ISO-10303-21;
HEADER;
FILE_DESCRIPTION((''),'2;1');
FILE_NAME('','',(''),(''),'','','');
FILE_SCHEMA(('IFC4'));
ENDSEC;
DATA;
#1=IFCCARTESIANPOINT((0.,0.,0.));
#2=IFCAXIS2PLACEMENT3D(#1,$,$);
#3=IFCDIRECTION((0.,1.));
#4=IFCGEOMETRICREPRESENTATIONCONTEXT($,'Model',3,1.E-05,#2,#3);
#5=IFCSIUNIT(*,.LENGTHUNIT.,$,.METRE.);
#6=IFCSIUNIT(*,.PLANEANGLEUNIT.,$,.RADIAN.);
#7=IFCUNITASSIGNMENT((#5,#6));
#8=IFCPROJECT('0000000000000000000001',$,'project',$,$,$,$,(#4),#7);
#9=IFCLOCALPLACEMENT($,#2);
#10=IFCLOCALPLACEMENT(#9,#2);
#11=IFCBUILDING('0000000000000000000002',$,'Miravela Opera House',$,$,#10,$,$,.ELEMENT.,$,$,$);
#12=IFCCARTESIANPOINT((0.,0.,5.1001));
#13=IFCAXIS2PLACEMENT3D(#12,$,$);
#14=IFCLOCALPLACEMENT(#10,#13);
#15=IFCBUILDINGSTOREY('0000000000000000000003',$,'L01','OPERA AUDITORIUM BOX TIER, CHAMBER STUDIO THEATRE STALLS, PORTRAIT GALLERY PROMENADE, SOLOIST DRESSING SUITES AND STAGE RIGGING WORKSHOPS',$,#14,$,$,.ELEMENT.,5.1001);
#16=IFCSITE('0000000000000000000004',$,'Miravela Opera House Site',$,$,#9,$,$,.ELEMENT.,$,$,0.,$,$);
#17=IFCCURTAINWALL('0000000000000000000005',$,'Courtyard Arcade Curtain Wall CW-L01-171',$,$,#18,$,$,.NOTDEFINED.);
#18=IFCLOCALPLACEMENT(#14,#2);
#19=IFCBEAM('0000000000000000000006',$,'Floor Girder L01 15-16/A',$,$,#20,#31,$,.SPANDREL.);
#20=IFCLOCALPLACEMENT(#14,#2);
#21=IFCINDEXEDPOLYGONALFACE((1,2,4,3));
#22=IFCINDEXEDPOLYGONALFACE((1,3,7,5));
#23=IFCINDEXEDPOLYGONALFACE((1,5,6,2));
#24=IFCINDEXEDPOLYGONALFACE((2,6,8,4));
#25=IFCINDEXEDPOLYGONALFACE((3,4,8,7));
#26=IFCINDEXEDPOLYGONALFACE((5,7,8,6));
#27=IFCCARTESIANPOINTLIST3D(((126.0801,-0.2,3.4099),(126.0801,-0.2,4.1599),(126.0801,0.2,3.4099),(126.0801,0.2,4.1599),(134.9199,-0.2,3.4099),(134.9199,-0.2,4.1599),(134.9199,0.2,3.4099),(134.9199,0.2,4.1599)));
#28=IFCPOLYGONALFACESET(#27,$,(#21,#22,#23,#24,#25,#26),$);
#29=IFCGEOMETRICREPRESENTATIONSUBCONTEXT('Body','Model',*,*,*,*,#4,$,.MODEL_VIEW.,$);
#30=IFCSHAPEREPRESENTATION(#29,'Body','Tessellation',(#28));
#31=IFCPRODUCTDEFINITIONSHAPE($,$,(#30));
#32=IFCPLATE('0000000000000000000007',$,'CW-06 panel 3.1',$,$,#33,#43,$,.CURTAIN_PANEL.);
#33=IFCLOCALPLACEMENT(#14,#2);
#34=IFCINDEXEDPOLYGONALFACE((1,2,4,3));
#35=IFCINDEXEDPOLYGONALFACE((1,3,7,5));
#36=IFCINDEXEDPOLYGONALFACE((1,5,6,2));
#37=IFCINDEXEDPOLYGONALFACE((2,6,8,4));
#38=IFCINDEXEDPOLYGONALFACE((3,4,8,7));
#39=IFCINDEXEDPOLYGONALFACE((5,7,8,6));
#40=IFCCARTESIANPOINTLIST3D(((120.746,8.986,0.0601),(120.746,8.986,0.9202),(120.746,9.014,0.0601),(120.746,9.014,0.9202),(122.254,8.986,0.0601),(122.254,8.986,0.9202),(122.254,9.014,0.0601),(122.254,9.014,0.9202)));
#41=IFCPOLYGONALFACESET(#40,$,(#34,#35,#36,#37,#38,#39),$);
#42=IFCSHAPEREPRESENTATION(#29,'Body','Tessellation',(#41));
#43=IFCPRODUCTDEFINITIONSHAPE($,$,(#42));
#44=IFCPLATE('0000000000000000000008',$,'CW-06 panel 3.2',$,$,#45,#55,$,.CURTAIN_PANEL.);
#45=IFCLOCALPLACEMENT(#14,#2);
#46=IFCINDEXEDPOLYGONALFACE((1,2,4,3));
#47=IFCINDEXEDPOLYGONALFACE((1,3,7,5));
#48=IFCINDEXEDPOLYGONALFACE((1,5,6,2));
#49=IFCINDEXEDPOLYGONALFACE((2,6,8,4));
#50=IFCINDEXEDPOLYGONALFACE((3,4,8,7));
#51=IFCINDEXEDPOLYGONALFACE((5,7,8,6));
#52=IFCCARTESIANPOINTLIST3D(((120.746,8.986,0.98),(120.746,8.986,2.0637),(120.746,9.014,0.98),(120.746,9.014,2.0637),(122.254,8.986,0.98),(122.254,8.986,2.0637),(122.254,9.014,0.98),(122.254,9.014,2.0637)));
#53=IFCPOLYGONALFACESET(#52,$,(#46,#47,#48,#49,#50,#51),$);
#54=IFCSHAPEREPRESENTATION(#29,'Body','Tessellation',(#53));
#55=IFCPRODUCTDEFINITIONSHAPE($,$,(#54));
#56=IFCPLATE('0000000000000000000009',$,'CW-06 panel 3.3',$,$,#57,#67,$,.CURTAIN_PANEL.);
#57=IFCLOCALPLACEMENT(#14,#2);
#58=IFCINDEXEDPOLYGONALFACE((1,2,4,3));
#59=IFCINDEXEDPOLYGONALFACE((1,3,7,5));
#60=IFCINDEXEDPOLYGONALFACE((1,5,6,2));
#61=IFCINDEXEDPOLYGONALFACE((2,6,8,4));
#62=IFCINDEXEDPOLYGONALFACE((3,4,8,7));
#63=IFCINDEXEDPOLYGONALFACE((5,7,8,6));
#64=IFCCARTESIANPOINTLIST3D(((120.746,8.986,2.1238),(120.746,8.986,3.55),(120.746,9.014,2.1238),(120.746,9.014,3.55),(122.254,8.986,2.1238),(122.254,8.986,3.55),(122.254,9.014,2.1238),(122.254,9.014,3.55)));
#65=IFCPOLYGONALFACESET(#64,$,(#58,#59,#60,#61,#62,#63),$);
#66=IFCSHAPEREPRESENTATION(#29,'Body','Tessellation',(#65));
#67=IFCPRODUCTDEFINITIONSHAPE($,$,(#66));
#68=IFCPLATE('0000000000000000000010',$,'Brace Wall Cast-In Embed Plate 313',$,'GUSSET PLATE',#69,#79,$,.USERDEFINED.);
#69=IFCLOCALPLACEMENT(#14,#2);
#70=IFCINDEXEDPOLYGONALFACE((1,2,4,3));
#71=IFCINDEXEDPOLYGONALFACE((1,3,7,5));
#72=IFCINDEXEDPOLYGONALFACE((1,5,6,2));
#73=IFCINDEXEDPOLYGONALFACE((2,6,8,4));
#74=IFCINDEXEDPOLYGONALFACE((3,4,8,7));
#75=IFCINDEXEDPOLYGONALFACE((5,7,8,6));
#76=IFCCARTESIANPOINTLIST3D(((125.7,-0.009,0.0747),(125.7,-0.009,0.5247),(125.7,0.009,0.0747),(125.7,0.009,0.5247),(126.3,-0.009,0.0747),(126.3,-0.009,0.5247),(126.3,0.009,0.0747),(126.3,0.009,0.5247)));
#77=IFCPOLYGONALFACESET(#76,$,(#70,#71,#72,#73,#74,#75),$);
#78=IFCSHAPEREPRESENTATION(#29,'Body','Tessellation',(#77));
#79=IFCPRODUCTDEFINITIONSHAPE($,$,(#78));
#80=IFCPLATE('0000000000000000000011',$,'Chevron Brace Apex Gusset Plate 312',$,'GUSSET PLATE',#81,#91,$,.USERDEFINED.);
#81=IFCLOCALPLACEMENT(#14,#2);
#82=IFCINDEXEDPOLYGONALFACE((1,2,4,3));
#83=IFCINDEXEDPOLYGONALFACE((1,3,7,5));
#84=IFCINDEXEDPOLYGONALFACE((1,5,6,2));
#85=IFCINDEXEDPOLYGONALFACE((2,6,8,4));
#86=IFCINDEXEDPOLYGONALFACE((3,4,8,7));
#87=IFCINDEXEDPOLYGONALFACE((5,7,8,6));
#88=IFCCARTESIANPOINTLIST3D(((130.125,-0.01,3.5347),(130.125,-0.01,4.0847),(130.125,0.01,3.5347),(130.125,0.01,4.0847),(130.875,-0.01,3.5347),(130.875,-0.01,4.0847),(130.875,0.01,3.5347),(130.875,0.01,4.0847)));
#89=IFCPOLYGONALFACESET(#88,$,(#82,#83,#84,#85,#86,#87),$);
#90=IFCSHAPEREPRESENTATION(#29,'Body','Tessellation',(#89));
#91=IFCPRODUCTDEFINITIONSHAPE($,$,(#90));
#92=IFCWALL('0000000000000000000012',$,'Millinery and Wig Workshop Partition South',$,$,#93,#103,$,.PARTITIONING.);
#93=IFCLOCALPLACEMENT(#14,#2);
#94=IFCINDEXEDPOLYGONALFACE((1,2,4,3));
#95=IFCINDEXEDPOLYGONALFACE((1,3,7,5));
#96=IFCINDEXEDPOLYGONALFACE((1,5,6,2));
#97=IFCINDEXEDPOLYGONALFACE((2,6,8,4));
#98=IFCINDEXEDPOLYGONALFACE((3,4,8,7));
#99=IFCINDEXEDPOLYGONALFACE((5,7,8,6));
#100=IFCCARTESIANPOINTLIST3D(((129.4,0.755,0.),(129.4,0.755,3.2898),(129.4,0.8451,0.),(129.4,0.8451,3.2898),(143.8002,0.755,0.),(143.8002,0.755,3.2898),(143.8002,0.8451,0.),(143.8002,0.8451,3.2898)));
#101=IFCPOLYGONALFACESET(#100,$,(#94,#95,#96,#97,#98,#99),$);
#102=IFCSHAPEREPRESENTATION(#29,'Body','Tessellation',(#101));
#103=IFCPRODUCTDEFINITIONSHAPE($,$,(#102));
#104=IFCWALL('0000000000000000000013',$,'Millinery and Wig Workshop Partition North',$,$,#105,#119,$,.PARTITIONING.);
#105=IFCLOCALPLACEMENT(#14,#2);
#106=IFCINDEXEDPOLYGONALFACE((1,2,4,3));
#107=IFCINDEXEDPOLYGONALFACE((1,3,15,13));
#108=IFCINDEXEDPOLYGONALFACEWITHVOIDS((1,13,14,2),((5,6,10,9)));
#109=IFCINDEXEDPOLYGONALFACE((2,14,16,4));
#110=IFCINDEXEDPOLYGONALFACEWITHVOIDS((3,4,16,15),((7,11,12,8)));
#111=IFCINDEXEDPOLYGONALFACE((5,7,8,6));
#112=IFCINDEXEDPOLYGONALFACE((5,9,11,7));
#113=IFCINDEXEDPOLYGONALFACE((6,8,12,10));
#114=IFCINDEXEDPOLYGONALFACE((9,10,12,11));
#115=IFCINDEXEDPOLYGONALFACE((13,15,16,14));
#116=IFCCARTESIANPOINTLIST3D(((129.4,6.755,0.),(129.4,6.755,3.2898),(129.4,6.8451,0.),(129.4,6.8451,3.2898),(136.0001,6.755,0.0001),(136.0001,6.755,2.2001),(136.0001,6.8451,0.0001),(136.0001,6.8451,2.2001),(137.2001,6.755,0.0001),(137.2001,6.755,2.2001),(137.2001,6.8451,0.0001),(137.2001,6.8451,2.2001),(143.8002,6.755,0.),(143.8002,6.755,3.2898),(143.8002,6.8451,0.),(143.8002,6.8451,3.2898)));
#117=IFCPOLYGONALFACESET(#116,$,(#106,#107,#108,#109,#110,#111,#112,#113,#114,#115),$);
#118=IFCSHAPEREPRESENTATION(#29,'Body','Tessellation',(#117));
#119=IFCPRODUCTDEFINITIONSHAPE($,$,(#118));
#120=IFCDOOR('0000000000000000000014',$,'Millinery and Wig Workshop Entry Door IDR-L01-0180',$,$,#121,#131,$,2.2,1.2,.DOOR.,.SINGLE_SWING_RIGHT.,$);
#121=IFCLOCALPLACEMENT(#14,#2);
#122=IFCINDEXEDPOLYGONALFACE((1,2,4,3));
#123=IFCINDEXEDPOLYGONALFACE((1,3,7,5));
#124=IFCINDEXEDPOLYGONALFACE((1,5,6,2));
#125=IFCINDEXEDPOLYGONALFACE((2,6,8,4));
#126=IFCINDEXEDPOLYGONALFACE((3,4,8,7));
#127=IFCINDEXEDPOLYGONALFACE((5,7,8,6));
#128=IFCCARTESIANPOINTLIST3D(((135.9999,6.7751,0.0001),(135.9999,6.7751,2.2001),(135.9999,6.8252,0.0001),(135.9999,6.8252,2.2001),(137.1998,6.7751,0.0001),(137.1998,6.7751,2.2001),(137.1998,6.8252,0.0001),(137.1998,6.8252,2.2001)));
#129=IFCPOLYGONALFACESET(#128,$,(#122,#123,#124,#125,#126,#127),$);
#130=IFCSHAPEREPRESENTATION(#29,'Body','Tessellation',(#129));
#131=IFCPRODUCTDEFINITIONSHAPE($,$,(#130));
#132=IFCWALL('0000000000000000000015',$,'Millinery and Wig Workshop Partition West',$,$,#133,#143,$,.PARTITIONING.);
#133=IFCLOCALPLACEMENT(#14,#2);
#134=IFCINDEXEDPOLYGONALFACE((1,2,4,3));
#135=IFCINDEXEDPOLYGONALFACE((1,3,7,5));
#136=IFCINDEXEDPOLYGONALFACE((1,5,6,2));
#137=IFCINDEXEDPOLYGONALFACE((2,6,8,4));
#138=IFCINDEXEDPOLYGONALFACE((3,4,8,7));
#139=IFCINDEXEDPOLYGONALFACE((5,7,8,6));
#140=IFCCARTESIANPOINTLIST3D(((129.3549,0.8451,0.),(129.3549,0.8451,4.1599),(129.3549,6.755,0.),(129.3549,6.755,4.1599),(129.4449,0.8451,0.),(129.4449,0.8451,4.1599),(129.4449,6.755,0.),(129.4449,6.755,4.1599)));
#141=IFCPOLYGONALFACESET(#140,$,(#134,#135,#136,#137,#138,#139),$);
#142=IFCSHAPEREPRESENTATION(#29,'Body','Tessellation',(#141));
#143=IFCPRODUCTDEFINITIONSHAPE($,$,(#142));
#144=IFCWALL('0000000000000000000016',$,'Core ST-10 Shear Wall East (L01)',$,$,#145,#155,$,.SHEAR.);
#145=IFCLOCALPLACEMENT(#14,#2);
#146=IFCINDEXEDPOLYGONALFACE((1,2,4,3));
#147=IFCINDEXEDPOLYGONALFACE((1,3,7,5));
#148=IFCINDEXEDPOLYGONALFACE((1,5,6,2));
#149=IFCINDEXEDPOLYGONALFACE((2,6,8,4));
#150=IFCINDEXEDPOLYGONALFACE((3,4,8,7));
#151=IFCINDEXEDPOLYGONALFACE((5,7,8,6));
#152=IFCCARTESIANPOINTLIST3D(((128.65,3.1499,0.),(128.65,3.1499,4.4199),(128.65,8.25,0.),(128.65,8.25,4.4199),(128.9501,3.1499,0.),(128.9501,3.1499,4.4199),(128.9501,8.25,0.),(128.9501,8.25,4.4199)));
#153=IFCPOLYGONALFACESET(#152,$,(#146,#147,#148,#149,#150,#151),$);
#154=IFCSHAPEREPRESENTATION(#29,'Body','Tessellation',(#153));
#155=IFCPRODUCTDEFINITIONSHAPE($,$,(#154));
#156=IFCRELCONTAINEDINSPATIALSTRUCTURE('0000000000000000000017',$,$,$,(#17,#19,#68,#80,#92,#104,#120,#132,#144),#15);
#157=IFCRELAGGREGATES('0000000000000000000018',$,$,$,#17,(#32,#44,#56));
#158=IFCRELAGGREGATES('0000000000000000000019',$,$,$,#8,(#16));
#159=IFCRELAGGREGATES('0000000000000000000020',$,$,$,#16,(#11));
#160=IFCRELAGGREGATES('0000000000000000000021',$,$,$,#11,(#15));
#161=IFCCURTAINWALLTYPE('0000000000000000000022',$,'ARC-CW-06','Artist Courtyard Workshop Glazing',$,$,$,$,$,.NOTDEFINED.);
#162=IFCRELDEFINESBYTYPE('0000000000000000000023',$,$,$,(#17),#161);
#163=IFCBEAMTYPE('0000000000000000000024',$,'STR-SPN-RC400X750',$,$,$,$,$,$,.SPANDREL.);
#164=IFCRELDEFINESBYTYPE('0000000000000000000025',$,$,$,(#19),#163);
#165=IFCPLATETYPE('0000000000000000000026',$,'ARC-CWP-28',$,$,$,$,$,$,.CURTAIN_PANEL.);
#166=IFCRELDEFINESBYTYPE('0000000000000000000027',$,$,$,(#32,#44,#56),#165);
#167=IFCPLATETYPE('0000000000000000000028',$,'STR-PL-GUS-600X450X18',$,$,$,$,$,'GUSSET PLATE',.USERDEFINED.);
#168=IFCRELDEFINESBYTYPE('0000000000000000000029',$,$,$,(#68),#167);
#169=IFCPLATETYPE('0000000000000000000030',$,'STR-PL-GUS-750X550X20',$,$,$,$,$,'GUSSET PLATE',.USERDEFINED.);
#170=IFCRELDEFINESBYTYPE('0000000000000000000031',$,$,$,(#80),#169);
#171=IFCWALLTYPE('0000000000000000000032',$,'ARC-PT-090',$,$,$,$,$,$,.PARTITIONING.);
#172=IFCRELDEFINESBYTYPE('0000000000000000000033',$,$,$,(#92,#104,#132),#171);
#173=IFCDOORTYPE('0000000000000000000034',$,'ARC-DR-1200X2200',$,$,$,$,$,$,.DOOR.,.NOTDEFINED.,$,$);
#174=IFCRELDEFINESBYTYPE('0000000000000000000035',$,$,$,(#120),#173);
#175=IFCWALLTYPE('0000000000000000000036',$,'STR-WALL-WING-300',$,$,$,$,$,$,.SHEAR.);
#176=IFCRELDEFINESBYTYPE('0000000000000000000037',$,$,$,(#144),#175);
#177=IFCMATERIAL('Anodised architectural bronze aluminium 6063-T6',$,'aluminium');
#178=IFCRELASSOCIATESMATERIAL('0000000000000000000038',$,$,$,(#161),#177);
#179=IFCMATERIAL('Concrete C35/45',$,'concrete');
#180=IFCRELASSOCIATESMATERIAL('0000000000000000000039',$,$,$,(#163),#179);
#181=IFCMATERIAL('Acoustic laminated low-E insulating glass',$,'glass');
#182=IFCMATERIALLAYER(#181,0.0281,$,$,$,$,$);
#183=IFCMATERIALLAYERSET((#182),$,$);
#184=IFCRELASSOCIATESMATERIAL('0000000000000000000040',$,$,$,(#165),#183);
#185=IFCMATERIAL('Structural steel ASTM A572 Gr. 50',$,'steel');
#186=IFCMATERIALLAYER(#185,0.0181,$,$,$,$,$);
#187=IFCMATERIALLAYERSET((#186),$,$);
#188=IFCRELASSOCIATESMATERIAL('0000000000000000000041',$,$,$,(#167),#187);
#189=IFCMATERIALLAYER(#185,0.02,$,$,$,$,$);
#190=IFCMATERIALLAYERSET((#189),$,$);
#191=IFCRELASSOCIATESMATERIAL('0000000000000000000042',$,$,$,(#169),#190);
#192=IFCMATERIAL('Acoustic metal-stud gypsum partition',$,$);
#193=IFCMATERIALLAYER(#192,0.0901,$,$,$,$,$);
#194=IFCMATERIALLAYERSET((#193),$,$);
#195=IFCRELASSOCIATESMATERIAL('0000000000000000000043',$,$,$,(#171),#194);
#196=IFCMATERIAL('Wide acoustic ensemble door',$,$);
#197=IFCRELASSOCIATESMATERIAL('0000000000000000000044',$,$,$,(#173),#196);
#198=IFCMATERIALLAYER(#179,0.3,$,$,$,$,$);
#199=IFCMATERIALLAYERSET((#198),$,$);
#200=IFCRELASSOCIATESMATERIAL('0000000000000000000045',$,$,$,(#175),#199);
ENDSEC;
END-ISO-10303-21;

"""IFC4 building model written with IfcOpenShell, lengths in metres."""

from ifc_helpers import new_model, si_unit, direction, frame, frame_2d, origin, origin_2d, place, context, subcontext, project, spatial, rectangle, extrude, material, layer, layer_set, material_profile, profile_set, type_object, element, fill, aggregate, save


model = new_model("IFC4")

# Units and contexts
model_context = context("Model", 3, precision=1e-05, world=origin(), true_north=direction((0.0, 1.0)))
body_context = subcontext(model_context, "Body", "Model", "MODEL_VIEW")
ifc_project = project(units=[si_unit("LENGTHUNIT", "METRE"), si_unit("PLANEANGLEUNIT", "RADIAN")], contexts=[model_context])

# Site, building, storey
site_placement = place(None, origin())
site = spatial("IfcSite", under=ifc_project, at=site_placement, Name="Miravela Opera House Site", CompositionType="ELEMENT", RefElevation=0.0)
building_placement = place(site_placement, origin())
building = spatial("IfcBuilding", under=site, at=building_placement, Name="Miravela Opera House", CompositionType="ELEMENT")
storey_placement = place(building_placement, frame((0.0, 0.0, 5.1001)))
storey = spatial("IfcBuildingStorey", under=building, at=storey_placement, Name="L01", Description="OPERA AUDITORIUM BOX TIER, CHAMBER STUDIO THEATRE STALLS, PORTRAIT GALLERY PROMENADE, SOLOIST DRESSING SUITES AND STAGE RIGGING WORKSHOPS", CompositionType="ELEMENT", Elevation=5.1001)

# Shared definitions
ifc_material_1 = material(Name="Concrete C35/45", Category="concrete")

# Curtain wall
ifc_material_2 = material(Name="Anodised architectural bronze aluminium 6063-T6", Category="aluminium")
curtain_wall_type = type_object("IfcCurtainWallType", Name="ARC-CW-06", Description="Artist Courtyard Workshop Glazing", PredefinedType="NOTDEFINED", material=ifc_material_2)
curtain_wall_placement = place(storey_placement, origin())
curtain_wall = element("IfcCurtainWall", 1, at=curtain_wall_placement, inside=storey, type_object=curtain_wall_type, Name="Courtyard Arcade Curtain Wall CW-L01-171", PredefinedType="NOTDEFINED")

# Beam
ifc_material_profile_1 = material_profile(ifc_material_1, rectangle(XDim=0.3999, YDim=0.75, at=origin_2d()), Name="RC-SPN-400X750")
ifc_profile_set_1 = profile_set([ifc_material_profile_1])
beam_type = type_object("IfcBeamType", Name="STR-SPN-RC400X750", PredefinedType="SPANDREL", material=ifc_profile_set_1)
beam_placement = place(storey_placement, frame((126.0801, 0.0, 3.7849), z_axis=(1.0, 0.0, 0.0), x_axis=(0.0, 1.0, 0.0)))
element("IfcBeam", 2, at=beam_placement, inside=storey, type_object=beam_type, Name="Floor Girder L01 15-16/A", PredefinedType="SPANDREL", context=body_context, shape_type="SweptSolid", body=[
    extrude(rectangle(XDim=0.3999, YDim=0.75, at=origin_2d()), origin(), (0.0, 0.0, 1.0), 8.8398),
])

# Plates
ifc_material_3 = material(Name="Acoustic laminated low-E insulating glass", Category="glass")
ifc_layer_1 = layer(ifc_material_3, 0.0281)
ifc_layer_set_1 = layer_set([ifc_layer_1])
plate_type_1 = type_object("IfcPlateType", Name="ARC-CWP-28", PredefinedType="CURTAIN_PANEL", material=ifc_layer_set_1)
plate_1_placement = place(storey_placement, frame((121.5, 9.0, 0.0601), z_axis=(0.0, 0.0, 1.0), x_axis=(1.0, 0.0, 0.0)))
plate_1 = element("IfcPlate", 3, at=plate_1_placement, type_object=plate_type_1, Name="CW-06 panel 3.1", PredefinedType="CURTAIN_PANEL", context=body_context, shape_type="SweptSolid", body=[
    extrude(rectangle(XDim=1.5081, YDim=0.0281, at=origin_2d()), origin(), (0.0, 0.0, 1.0), 0.8601),
])
plate_2_placement = place(storey_placement, frame((121.5, 9.0, 0.98), z_axis=(0.0, 0.0, 1.0), x_axis=(1.0, 0.0, 0.0)))
plate_2 = element("IfcPlate", 4, at=plate_2_placement, type_object=plate_type_1, Name="CW-06 panel 3.2", PredefinedType="CURTAIN_PANEL", context=body_context, shape_type="SweptSolid", body=[
    extrude(rectangle(XDim=1.5081, YDim=0.0281, at=origin_2d()), origin(), (0.0, 0.0, 1.0), 1.0837),
])
plate_3_placement = place(storey_placement, frame((121.5, 9.0, 2.1238), z_axis=(0.0, 0.0, 1.0), x_axis=(1.0, 0.0, 0.0)))
plate_3 = element("IfcPlate", 5, at=plate_3_placement, type_object=plate_type_1, Name="CW-06 panel 3.3", PredefinedType="CURTAIN_PANEL", context=body_context, shape_type="SweptSolid", body=[
    extrude(rectangle(XDim=1.5081, YDim=0.0281, at=origin_2d()), origin(), (0.0, 0.0, 1.0), 1.4263),
])
aggregate(curtain_wall, [plate_1, plate_2, plate_3])

# Plates
ifc_material_4 = material(Name="Structural steel ASTM A572 Gr. 50", Category="steel")
ifc_layer_2 = layer(ifc_material_4, 0.0181)
ifc_layer_set_2 = layer_set([ifc_layer_2])
plate_type_2 = type_object("IfcPlateType", Name="STR-PL-GUS-600X450X18", ElementType="GUSSET PLATE", PredefinedType="USERDEFINED", material=ifc_layer_set_2)
plate_4_placement = place(storey_placement, frame((126.0, 0.0, 0.0747), z_axis=(0.0, 0.0, 1.0), x_axis=(1.0, 0.0, 0.0)))
element("IfcPlate", 6, at=plate_4_placement, inside=storey, type_object=plate_type_2, Name="Brace Wall Cast-In Embed Plate 313", ObjectType="GUSSET PLATE", PredefinedType="USERDEFINED", context=body_context, shape_type="SweptSolid", body=[
    extrude(rectangle(XDim=0.6001, YDim=0.0181, at=origin_2d()), origin(), (0.0, 0.0, 1.0), 0.45),
])
ifc_layer_3 = layer(ifc_material_4, 0.02)
ifc_layer_set_3 = layer_set([ifc_layer_3])
plate_type_3 = type_object("IfcPlateType", Name="STR-PL-GUS-750X550X20", ElementType="GUSSET PLATE", PredefinedType="USERDEFINED", material=ifc_layer_set_3)
plate_5_placement = place(storey_placement, frame((130.5, 0.0, 3.5347), z_axis=(0.0, 0.0, 1.0), x_axis=(1.0, 0.0, 0.0)))
element("IfcPlate", 7, at=plate_5_placement, inside=storey, type_object=plate_type_3, Name="Chevron Brace Apex Gusset Plate 312", ObjectType="GUSSET PLATE", PredefinedType="USERDEFINED", context=body_context, shape_type="SweptSolid", body=[
    extrude(rectangle(XDim=0.75, YDim=0.02, at=origin_2d()), origin(), (0.0, 0.0, 1.0), 0.55),
])

# Wall
ifc_material_5 = material(Name="Acoustic metal-stud gypsum partition")
ifc_layer_4 = layer(ifc_material_5, 0.0901)
ifc_layer_set_4 = layer_set([ifc_layer_4])
wall_type_1 = type_object("IfcWallType", Name="ARC-PT-090", PredefinedType="PARTITIONING", material=ifc_layer_set_4)
wall_1_placement = place(storey_placement, frame((129.3999, 0.8, 0.0), z_axis=(0.0, 0.0, 1.0), x_axis=(1.0, 0.0, 0.0)))
element("IfcWall", 8, at=wall_1_placement, inside=storey, type_object=wall_type_1, Name="Millinery and Wig Workshop Partition South", PredefinedType="PARTITIONING", context=body_context, shape_type="SweptSolid", body=[
    extrude(rectangle(XDim=14.4001, YDim=0.0901, at=frame_2d((7.2002, 0.0))), origin(), (0.0, 0.0, 1.0), 3.2898),
])

# Wall, opening, door
wall_2_placement = place(storey_placement, frame((129.3999, 6.8, 0.0), z_axis=(0.0, 0.0, 1.0), x_axis=(1.0, 0.0, 0.0)))
wall_2 = element("IfcWall", 9, at=wall_2_placement, inside=storey, type_object=wall_type_1, Name="Millinery and Wig Workshop Partition North", PredefinedType="PARTITIONING", context=body_context, shape_type="SweptSolid", body=[
    extrude(rectangle(XDim=14.4001, YDim=0.0901, at=frame_2d((7.2002, 0.0))), origin(), (0.0, 0.0, 1.0), 3.2898),
])
opening_placement = place(wall_2_placement, frame((6.6001, 0.0, 0.0)))
opening = element("IfcOpeningElement", 10, at=opening_placement, cuts=wall_2, PredefinedType="OPENING", context=body_context, shape_type="SweptSolid", body=[
    extrude(rectangle(XDim=1.2, YDim=2.2, at=frame_2d((0.6001, 1.1001))), frame((0.0, 0.0549, 0.0), z_axis=(0.0, -1.0, 0.0), x_axis=(1.0, 0.0, 0.0)), (0.0, 0.0, 1.0), 0.1101),
])
ifc_material_6 = material(Name="Wide acoustic ensemble door")
door_type = type_object("IfcDoorType", Name="ARC-DR-1200X2200", OperationType="NOTDEFINED", PredefinedType="DOOR", material=ifc_material_6)
door_placement = place(opening_placement, frame((1.2, 0.0, 0.0), z_axis=(0.0, 0.0, 1.0), x_axis=(-1.0, 0.0, 0.0)))
door = element("IfcDoor", 11, at=door_placement, inside=storey, type_object=door_type, Name="Millinery and Wig Workshop Entry Door IDR-L01-0180", OperationType="SINGLE_SWING_RIGHT", OverallHeight=2.2, OverallWidth=1.2, PredefinedType="DOOR", context=body_context, shape_type="SweptSolid", body=[
    extrude(rectangle(XDim=1.2, YDim=2.2, at=frame_2d((0.6001, 1.1001))), frame((0.0, 0.0249, 0.0), z_axis=(0.0, -1.0, 0.0), x_axis=(1.0, 0.0, 0.0)), (0.0, 0.0, 1.0), 0.05),
])
fill(opening, door)

# Walls
wall_3_placement = place(storey_placement, frame((129.3999, 0.845, 0.0), z_axis=(0.0, 0.0, 1.0), x_axis=(0.0, 1.0, 0.0)))
element("IfcWall", 12, at=wall_3_placement, inside=storey, type_object=wall_type_1, Name="Millinery and Wig Workshop Partition West", PredefinedType="PARTITIONING", context=body_context, shape_type="SweptSolid", body=[
    extrude(rectangle(XDim=5.9099, YDim=0.0901, at=frame_2d((2.9551, 0.0))), origin(), (0.0, 0.0, 1.0), 4.1599),
])
ifc_layer_5 = layer(ifc_material_1, 0.3)
ifc_layer_set_5 = layer_set([ifc_layer_5])
wall_type_2 = type_object("IfcWallType", Name="STR-WALL-WING-300", PredefinedType="SHEAR", material=ifc_layer_set_5)
wall_4_placement = place(storey_placement, frame((128.8, 3.1499, 0.0), z_axis=(0.0, 0.0, 1.0), x_axis=(0.0, 1.0, 0.0)))
element("IfcWall", 13, at=wall_4_placement, inside=storey, type_object=wall_type_2, Name="Core ST-10 Shear Wall East (L01)", PredefinedType="SHEAR", context=body_context, shape_type="SweptSolid", body=[
    extrude(rectangle(XDim=5.1001, YDim=0.3, at=frame_2d((2.55, 0.0))), origin(), (0.0, 0.0, 1.0), 4.4199),
])

save(model, "model.ifc")
